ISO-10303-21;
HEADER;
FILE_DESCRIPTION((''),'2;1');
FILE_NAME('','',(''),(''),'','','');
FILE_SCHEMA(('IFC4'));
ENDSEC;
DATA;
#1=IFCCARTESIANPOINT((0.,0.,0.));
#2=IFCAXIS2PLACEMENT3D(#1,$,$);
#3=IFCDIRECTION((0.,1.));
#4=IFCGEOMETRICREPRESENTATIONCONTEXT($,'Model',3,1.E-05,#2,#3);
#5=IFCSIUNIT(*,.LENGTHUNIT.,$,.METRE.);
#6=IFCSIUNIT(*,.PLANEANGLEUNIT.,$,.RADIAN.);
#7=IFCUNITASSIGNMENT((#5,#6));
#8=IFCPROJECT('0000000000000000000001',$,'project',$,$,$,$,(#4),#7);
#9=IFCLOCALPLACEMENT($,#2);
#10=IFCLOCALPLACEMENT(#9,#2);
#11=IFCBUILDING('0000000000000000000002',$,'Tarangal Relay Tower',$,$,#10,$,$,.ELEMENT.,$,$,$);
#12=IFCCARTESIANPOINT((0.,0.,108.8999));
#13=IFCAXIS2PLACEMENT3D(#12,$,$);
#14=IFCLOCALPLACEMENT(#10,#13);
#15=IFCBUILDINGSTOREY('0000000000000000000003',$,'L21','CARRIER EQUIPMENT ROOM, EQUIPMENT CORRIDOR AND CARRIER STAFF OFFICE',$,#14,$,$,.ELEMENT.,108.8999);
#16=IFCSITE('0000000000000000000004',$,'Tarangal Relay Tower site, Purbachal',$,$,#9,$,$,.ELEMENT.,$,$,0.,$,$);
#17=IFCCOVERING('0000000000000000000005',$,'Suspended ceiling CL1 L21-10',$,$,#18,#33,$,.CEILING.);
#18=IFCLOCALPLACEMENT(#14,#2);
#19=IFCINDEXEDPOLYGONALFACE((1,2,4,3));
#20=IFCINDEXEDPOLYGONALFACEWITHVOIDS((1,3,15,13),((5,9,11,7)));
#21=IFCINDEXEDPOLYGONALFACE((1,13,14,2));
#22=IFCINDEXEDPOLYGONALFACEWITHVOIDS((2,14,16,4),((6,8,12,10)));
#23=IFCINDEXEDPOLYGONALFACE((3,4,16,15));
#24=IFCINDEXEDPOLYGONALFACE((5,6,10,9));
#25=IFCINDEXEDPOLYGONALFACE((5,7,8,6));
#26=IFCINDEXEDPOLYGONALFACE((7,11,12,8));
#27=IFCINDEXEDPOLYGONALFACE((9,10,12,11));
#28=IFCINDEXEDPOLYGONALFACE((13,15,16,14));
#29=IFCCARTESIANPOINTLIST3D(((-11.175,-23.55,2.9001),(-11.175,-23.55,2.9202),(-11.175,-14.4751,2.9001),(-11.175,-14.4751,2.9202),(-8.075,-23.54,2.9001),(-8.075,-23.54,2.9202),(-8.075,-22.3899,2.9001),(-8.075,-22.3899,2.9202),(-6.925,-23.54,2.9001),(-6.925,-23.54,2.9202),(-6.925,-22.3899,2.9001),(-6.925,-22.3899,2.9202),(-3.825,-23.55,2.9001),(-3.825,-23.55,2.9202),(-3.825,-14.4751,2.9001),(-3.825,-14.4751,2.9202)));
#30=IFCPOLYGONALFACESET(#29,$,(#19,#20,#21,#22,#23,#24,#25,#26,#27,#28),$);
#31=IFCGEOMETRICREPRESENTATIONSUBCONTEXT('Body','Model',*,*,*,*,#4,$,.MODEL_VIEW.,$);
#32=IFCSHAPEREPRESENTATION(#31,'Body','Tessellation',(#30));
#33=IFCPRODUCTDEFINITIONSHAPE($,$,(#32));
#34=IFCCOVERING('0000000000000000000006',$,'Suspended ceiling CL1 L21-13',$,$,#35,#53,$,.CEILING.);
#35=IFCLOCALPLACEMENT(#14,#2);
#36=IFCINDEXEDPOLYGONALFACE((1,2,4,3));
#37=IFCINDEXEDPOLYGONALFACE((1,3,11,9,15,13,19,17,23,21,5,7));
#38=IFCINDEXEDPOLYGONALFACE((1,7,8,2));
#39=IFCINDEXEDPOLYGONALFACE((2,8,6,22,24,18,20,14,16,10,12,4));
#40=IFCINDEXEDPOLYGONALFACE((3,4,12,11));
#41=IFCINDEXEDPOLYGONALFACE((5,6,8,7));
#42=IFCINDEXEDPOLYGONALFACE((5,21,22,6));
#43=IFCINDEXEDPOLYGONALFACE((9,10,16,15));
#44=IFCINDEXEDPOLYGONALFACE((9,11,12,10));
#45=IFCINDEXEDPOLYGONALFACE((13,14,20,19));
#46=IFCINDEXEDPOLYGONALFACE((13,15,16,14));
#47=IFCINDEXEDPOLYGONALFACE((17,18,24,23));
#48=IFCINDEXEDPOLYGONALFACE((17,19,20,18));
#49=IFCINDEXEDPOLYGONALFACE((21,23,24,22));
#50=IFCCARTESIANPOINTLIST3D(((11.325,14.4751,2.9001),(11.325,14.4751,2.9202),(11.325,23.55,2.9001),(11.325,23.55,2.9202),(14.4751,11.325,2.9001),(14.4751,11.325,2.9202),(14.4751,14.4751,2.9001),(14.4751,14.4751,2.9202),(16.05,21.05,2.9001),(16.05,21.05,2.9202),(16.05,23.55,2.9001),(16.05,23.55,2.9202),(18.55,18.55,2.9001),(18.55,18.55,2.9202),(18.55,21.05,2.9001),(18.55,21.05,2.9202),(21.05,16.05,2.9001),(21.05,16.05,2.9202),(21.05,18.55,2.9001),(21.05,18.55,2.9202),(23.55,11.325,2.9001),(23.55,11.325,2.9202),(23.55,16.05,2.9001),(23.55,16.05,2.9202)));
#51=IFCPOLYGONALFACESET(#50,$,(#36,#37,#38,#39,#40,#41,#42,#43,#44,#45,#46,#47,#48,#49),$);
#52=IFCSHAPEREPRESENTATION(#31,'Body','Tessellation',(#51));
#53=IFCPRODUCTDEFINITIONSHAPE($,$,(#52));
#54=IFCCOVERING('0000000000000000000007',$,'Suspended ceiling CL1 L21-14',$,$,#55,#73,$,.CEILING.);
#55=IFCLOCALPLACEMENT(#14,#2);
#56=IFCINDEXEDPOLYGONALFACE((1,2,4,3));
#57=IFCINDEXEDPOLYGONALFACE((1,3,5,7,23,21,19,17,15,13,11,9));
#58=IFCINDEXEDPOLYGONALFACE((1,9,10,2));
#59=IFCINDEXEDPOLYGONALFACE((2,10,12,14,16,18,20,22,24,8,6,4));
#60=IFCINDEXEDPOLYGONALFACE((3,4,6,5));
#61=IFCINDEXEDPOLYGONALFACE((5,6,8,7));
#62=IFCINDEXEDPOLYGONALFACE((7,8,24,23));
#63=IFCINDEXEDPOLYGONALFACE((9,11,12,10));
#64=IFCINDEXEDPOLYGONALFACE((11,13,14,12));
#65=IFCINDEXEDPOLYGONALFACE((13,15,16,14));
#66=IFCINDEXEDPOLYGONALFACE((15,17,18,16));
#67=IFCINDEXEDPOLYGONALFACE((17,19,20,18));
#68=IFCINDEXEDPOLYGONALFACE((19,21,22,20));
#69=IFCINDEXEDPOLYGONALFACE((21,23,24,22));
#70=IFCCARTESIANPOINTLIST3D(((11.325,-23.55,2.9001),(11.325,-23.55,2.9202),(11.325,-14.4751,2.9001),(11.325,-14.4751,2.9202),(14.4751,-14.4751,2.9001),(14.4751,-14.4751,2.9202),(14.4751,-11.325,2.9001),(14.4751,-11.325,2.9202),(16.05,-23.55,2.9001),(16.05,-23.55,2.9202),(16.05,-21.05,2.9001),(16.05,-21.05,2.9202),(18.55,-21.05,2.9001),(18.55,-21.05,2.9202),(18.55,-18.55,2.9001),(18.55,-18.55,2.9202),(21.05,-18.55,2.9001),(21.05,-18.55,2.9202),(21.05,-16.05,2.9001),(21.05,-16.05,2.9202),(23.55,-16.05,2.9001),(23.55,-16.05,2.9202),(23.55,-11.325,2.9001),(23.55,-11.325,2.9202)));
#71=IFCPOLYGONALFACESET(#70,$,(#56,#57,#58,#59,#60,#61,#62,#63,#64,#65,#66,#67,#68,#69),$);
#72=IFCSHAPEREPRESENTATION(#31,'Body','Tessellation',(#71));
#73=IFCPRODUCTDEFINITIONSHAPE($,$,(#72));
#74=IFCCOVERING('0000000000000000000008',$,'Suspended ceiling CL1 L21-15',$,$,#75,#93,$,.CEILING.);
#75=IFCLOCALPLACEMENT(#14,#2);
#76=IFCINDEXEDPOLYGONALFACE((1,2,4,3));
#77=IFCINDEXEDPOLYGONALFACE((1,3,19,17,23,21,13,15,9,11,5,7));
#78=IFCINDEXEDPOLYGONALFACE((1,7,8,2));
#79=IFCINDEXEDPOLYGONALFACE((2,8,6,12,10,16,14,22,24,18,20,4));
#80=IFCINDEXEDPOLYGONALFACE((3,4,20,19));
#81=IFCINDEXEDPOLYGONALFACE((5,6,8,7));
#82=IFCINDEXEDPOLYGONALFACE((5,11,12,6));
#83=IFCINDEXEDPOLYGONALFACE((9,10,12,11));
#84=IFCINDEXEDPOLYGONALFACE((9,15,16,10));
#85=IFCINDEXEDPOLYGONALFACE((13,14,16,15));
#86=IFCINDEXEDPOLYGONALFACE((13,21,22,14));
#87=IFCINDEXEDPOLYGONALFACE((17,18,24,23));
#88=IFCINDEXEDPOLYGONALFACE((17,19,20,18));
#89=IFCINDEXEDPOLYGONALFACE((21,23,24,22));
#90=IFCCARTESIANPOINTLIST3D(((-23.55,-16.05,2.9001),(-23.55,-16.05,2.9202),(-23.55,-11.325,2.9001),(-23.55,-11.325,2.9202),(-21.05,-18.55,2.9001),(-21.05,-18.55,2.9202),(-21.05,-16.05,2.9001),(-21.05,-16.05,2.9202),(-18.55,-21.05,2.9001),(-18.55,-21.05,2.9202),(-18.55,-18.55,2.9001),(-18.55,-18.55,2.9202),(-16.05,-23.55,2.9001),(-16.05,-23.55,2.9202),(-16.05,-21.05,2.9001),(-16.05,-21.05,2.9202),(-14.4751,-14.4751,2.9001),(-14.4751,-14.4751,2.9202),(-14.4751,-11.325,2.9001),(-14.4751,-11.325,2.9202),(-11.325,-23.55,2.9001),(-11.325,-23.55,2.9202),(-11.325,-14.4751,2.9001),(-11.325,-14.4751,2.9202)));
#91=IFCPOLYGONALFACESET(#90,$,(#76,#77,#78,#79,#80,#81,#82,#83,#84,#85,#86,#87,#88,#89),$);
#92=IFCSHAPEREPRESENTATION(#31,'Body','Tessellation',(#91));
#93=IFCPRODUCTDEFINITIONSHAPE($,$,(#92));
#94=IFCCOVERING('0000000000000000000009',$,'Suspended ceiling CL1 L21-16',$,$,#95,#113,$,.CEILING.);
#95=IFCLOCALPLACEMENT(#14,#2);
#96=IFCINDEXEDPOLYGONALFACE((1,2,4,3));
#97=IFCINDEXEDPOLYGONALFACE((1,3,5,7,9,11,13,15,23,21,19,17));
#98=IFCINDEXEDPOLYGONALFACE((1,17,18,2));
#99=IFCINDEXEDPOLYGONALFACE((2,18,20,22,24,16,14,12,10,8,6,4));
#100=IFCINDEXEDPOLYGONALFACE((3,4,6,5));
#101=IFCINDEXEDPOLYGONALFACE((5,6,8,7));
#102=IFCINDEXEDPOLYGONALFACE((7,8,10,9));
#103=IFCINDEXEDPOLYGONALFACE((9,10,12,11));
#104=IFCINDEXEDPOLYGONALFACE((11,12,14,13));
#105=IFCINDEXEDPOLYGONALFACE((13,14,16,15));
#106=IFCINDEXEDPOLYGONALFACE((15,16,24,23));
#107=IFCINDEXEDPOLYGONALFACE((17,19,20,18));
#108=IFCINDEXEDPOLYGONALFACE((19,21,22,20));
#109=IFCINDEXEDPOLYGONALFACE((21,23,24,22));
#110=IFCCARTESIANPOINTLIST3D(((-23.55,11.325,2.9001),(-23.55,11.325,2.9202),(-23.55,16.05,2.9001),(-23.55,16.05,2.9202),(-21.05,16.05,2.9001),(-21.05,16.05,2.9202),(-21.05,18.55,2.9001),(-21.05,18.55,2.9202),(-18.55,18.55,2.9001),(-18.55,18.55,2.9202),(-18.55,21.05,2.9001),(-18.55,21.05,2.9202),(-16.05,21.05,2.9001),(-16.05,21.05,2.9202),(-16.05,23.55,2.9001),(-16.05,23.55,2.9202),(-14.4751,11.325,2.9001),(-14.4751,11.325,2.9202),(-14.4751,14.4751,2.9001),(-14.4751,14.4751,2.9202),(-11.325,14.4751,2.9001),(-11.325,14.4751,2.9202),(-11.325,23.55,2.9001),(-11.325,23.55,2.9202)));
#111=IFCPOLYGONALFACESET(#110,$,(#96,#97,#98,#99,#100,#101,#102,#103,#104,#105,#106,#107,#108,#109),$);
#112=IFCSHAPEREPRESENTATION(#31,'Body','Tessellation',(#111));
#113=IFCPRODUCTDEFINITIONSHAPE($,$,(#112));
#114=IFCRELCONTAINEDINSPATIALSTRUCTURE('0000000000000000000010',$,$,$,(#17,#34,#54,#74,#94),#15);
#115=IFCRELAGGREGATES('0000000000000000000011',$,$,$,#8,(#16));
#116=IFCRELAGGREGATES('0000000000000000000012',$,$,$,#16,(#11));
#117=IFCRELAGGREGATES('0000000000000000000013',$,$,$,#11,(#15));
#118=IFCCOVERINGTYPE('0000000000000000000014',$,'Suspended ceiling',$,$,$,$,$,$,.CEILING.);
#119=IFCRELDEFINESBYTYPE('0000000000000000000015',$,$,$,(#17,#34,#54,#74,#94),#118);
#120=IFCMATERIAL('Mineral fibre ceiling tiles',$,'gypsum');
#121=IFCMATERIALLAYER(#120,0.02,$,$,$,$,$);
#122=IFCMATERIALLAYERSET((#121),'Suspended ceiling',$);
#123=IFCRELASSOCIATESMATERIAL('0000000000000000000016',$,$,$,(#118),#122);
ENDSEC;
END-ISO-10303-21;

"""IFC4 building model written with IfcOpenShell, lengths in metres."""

from ifc_helpers import new_model, si_unit, direction, frame, origin, place, context, subcontext, project, spatial, polyline, outline, extrude, material, layer, layer_set, type_object, element, save


model = new_model("IFC4")

# Units and contexts
model_context = context("Model", 3, precision=1e-05, world=origin(), true_north=direction((0.0, 1.0)))
body_context = subcontext(model_context, "Body", "Model", "MODEL_VIEW")
ifc_project = project(units=[si_unit("LENGTHUNIT", "METRE"), si_unit("PLANEANGLEUNIT", "RADIAN")], contexts=[model_context])

# Site, building, storey
site_placement = place(None, origin())
site = spatial("IfcSite", under=ifc_project, at=site_placement, Name="Tarangal Relay Tower site, Purbachal", CompositionType="ELEMENT", RefElevation=0.0)
building_placement = place(site_placement, origin())
building = spatial("IfcBuilding", under=site, at=building_placement, Name="Tarangal Relay Tower", CompositionType="ELEMENT")
storey_placement = place(building_placement, frame((0.0, 0.0, 108.8999)))
storey = spatial("IfcBuildingStorey", under=building, at=storey_placement, Name="L21", Description="CARRIER EQUIPMENT ROOM, EQUIPMENT CORRIDOR AND CARRIER STAFF OFFICE", CompositionType="ELEMENT", Elevation=108.8999)

# Coverings
ifc_material_1 = material(Name="Mineral fibre ceiling tiles", Category="gypsum")
ifc_layer_1 = layer(ifc_material_1, 0.02)
ifc_layer_set_1 = layer_set([ifc_layer_1], Name="Suspended ceiling")
covering_type_1 = type_object("IfcCoveringType", Name="Suspended ceiling", PredefinedType="CEILING", material=ifc_layer_set_1)
covering_1_placement = place(storey_placement, frame((0.0, 0.0, 2.9001)))
element("IfcCovering", 1, at=covering_1_placement, inside=storey, type_object=covering_type_1, Name="Suspended ceiling CL1 L21-10", PredefinedType="CEILING", context=body_context, shape_type="SweptSolid", body=[
    extrude(outline(polyline([(-11.175, -23.55), (-3.825, -23.55), (-3.825, -14.4751), (-11.175, -14.4751), (-11.175, -23.55)]), holes=[polyline([(-6.925, -22.3899), (-8.075, -22.3899), (-8.075, -23.54), (-6.925, -23.54), (-6.925, -22.3899)])]), origin(), (0.0, 0.0, 1.0), 0.02),
])
covering_2_placement = place(storey_placement, frame((0.0, 0.0, 2.9001)))
element("IfcCovering", 2, at=covering_2_placement, inside=storey, type_object=covering_type_1, Name="Suspended ceiling CL1 L21-13", PredefinedType="CEILING", context=body_context, shape_type="SweptSolid", body=[
    extrude(outline(polyline([(16.05, 23.55), (11.325, 23.55), (11.325, 14.4751), (14.4751, 14.4751), (14.4751, 11.325), (23.55, 11.325), (23.55, 16.05), (21.05, 16.05), (21.05, 18.55), (18.55, 18.55), (18.55, 21.05), (16.05, 21.05), (16.05, 23.55)])), origin(), (0.0, 0.0, 1.0), 0.02),
])
covering_3_placement = place(storey_placement, frame((0.0, 0.0, 2.9001)))
element("IfcCovering", 3, at=covering_3_placement, inside=storey, type_object=covering_type_1, Name="Suspended ceiling CL1 L21-14", PredefinedType="CEILING", context=body_context, shape_type="SweptSolid", body=[
    extrude(outline(polyline([(23.55, -16.05), (23.55, -11.325), (14.4751, -11.325), (14.4751, -14.4751), (11.325, -14.4751), (11.325, -23.55), (16.05, -23.55), (16.05, -21.05), (18.55, -21.05), (18.55, -18.55), (21.05, -18.55), (21.05, -16.05), (23.55, -16.05)])), origin(), (0.0, 0.0, 1.0), 0.02),
])
covering_4_placement = place(storey_placement, frame((0.0, 0.0, 2.9001)))
element("IfcCovering", 4, at=covering_4_placement, inside=storey, type_object=covering_type_1, Name="Suspended ceiling CL1 L21-15", PredefinedType="CEILING", context=body_context, shape_type="SweptSolid", body=[
    extrude(outline(polyline([(-16.05, -21.05), (-16.05, -23.55), (-11.325, -23.55), (-11.325, -14.4751), (-14.4751, -14.4751), (-14.4751, -11.325), (-23.55, -11.325), (-23.55, -16.05), (-21.05, -16.05), (-21.05, -18.55), (-18.55, -18.55), (-18.55, -21.05), (-16.05, -21.05)])), origin(), (0.0, 0.0, 1.0), 0.02),
])
covering_5_placement = place(storey_placement, frame((0.0, 0.0, 2.9001)))
element("IfcCovering", 5, at=covering_5_placement, inside=storey, type_object=covering_type_1, Name="Suspended ceiling CL1 L21-16", PredefinedType="CEILING", context=body_context, shape_type="SweptSolid", body=[
    extrude(outline(polyline([(-21.05, 16.05), (-23.55, 16.05), (-23.55, 11.325), (-14.4751, 11.325), (-14.4751, 14.4751), (-11.325, 14.4751), (-11.325, 23.55), (-16.05, 23.55), (-16.05, 21.05), (-18.55, 21.05), (-18.55, 18.55), (-21.05, 18.55), (-21.05, 16.05)])), origin(), (0.0, 0.0, 1.0), 0.02),
])

save(model, "model.ifc")
